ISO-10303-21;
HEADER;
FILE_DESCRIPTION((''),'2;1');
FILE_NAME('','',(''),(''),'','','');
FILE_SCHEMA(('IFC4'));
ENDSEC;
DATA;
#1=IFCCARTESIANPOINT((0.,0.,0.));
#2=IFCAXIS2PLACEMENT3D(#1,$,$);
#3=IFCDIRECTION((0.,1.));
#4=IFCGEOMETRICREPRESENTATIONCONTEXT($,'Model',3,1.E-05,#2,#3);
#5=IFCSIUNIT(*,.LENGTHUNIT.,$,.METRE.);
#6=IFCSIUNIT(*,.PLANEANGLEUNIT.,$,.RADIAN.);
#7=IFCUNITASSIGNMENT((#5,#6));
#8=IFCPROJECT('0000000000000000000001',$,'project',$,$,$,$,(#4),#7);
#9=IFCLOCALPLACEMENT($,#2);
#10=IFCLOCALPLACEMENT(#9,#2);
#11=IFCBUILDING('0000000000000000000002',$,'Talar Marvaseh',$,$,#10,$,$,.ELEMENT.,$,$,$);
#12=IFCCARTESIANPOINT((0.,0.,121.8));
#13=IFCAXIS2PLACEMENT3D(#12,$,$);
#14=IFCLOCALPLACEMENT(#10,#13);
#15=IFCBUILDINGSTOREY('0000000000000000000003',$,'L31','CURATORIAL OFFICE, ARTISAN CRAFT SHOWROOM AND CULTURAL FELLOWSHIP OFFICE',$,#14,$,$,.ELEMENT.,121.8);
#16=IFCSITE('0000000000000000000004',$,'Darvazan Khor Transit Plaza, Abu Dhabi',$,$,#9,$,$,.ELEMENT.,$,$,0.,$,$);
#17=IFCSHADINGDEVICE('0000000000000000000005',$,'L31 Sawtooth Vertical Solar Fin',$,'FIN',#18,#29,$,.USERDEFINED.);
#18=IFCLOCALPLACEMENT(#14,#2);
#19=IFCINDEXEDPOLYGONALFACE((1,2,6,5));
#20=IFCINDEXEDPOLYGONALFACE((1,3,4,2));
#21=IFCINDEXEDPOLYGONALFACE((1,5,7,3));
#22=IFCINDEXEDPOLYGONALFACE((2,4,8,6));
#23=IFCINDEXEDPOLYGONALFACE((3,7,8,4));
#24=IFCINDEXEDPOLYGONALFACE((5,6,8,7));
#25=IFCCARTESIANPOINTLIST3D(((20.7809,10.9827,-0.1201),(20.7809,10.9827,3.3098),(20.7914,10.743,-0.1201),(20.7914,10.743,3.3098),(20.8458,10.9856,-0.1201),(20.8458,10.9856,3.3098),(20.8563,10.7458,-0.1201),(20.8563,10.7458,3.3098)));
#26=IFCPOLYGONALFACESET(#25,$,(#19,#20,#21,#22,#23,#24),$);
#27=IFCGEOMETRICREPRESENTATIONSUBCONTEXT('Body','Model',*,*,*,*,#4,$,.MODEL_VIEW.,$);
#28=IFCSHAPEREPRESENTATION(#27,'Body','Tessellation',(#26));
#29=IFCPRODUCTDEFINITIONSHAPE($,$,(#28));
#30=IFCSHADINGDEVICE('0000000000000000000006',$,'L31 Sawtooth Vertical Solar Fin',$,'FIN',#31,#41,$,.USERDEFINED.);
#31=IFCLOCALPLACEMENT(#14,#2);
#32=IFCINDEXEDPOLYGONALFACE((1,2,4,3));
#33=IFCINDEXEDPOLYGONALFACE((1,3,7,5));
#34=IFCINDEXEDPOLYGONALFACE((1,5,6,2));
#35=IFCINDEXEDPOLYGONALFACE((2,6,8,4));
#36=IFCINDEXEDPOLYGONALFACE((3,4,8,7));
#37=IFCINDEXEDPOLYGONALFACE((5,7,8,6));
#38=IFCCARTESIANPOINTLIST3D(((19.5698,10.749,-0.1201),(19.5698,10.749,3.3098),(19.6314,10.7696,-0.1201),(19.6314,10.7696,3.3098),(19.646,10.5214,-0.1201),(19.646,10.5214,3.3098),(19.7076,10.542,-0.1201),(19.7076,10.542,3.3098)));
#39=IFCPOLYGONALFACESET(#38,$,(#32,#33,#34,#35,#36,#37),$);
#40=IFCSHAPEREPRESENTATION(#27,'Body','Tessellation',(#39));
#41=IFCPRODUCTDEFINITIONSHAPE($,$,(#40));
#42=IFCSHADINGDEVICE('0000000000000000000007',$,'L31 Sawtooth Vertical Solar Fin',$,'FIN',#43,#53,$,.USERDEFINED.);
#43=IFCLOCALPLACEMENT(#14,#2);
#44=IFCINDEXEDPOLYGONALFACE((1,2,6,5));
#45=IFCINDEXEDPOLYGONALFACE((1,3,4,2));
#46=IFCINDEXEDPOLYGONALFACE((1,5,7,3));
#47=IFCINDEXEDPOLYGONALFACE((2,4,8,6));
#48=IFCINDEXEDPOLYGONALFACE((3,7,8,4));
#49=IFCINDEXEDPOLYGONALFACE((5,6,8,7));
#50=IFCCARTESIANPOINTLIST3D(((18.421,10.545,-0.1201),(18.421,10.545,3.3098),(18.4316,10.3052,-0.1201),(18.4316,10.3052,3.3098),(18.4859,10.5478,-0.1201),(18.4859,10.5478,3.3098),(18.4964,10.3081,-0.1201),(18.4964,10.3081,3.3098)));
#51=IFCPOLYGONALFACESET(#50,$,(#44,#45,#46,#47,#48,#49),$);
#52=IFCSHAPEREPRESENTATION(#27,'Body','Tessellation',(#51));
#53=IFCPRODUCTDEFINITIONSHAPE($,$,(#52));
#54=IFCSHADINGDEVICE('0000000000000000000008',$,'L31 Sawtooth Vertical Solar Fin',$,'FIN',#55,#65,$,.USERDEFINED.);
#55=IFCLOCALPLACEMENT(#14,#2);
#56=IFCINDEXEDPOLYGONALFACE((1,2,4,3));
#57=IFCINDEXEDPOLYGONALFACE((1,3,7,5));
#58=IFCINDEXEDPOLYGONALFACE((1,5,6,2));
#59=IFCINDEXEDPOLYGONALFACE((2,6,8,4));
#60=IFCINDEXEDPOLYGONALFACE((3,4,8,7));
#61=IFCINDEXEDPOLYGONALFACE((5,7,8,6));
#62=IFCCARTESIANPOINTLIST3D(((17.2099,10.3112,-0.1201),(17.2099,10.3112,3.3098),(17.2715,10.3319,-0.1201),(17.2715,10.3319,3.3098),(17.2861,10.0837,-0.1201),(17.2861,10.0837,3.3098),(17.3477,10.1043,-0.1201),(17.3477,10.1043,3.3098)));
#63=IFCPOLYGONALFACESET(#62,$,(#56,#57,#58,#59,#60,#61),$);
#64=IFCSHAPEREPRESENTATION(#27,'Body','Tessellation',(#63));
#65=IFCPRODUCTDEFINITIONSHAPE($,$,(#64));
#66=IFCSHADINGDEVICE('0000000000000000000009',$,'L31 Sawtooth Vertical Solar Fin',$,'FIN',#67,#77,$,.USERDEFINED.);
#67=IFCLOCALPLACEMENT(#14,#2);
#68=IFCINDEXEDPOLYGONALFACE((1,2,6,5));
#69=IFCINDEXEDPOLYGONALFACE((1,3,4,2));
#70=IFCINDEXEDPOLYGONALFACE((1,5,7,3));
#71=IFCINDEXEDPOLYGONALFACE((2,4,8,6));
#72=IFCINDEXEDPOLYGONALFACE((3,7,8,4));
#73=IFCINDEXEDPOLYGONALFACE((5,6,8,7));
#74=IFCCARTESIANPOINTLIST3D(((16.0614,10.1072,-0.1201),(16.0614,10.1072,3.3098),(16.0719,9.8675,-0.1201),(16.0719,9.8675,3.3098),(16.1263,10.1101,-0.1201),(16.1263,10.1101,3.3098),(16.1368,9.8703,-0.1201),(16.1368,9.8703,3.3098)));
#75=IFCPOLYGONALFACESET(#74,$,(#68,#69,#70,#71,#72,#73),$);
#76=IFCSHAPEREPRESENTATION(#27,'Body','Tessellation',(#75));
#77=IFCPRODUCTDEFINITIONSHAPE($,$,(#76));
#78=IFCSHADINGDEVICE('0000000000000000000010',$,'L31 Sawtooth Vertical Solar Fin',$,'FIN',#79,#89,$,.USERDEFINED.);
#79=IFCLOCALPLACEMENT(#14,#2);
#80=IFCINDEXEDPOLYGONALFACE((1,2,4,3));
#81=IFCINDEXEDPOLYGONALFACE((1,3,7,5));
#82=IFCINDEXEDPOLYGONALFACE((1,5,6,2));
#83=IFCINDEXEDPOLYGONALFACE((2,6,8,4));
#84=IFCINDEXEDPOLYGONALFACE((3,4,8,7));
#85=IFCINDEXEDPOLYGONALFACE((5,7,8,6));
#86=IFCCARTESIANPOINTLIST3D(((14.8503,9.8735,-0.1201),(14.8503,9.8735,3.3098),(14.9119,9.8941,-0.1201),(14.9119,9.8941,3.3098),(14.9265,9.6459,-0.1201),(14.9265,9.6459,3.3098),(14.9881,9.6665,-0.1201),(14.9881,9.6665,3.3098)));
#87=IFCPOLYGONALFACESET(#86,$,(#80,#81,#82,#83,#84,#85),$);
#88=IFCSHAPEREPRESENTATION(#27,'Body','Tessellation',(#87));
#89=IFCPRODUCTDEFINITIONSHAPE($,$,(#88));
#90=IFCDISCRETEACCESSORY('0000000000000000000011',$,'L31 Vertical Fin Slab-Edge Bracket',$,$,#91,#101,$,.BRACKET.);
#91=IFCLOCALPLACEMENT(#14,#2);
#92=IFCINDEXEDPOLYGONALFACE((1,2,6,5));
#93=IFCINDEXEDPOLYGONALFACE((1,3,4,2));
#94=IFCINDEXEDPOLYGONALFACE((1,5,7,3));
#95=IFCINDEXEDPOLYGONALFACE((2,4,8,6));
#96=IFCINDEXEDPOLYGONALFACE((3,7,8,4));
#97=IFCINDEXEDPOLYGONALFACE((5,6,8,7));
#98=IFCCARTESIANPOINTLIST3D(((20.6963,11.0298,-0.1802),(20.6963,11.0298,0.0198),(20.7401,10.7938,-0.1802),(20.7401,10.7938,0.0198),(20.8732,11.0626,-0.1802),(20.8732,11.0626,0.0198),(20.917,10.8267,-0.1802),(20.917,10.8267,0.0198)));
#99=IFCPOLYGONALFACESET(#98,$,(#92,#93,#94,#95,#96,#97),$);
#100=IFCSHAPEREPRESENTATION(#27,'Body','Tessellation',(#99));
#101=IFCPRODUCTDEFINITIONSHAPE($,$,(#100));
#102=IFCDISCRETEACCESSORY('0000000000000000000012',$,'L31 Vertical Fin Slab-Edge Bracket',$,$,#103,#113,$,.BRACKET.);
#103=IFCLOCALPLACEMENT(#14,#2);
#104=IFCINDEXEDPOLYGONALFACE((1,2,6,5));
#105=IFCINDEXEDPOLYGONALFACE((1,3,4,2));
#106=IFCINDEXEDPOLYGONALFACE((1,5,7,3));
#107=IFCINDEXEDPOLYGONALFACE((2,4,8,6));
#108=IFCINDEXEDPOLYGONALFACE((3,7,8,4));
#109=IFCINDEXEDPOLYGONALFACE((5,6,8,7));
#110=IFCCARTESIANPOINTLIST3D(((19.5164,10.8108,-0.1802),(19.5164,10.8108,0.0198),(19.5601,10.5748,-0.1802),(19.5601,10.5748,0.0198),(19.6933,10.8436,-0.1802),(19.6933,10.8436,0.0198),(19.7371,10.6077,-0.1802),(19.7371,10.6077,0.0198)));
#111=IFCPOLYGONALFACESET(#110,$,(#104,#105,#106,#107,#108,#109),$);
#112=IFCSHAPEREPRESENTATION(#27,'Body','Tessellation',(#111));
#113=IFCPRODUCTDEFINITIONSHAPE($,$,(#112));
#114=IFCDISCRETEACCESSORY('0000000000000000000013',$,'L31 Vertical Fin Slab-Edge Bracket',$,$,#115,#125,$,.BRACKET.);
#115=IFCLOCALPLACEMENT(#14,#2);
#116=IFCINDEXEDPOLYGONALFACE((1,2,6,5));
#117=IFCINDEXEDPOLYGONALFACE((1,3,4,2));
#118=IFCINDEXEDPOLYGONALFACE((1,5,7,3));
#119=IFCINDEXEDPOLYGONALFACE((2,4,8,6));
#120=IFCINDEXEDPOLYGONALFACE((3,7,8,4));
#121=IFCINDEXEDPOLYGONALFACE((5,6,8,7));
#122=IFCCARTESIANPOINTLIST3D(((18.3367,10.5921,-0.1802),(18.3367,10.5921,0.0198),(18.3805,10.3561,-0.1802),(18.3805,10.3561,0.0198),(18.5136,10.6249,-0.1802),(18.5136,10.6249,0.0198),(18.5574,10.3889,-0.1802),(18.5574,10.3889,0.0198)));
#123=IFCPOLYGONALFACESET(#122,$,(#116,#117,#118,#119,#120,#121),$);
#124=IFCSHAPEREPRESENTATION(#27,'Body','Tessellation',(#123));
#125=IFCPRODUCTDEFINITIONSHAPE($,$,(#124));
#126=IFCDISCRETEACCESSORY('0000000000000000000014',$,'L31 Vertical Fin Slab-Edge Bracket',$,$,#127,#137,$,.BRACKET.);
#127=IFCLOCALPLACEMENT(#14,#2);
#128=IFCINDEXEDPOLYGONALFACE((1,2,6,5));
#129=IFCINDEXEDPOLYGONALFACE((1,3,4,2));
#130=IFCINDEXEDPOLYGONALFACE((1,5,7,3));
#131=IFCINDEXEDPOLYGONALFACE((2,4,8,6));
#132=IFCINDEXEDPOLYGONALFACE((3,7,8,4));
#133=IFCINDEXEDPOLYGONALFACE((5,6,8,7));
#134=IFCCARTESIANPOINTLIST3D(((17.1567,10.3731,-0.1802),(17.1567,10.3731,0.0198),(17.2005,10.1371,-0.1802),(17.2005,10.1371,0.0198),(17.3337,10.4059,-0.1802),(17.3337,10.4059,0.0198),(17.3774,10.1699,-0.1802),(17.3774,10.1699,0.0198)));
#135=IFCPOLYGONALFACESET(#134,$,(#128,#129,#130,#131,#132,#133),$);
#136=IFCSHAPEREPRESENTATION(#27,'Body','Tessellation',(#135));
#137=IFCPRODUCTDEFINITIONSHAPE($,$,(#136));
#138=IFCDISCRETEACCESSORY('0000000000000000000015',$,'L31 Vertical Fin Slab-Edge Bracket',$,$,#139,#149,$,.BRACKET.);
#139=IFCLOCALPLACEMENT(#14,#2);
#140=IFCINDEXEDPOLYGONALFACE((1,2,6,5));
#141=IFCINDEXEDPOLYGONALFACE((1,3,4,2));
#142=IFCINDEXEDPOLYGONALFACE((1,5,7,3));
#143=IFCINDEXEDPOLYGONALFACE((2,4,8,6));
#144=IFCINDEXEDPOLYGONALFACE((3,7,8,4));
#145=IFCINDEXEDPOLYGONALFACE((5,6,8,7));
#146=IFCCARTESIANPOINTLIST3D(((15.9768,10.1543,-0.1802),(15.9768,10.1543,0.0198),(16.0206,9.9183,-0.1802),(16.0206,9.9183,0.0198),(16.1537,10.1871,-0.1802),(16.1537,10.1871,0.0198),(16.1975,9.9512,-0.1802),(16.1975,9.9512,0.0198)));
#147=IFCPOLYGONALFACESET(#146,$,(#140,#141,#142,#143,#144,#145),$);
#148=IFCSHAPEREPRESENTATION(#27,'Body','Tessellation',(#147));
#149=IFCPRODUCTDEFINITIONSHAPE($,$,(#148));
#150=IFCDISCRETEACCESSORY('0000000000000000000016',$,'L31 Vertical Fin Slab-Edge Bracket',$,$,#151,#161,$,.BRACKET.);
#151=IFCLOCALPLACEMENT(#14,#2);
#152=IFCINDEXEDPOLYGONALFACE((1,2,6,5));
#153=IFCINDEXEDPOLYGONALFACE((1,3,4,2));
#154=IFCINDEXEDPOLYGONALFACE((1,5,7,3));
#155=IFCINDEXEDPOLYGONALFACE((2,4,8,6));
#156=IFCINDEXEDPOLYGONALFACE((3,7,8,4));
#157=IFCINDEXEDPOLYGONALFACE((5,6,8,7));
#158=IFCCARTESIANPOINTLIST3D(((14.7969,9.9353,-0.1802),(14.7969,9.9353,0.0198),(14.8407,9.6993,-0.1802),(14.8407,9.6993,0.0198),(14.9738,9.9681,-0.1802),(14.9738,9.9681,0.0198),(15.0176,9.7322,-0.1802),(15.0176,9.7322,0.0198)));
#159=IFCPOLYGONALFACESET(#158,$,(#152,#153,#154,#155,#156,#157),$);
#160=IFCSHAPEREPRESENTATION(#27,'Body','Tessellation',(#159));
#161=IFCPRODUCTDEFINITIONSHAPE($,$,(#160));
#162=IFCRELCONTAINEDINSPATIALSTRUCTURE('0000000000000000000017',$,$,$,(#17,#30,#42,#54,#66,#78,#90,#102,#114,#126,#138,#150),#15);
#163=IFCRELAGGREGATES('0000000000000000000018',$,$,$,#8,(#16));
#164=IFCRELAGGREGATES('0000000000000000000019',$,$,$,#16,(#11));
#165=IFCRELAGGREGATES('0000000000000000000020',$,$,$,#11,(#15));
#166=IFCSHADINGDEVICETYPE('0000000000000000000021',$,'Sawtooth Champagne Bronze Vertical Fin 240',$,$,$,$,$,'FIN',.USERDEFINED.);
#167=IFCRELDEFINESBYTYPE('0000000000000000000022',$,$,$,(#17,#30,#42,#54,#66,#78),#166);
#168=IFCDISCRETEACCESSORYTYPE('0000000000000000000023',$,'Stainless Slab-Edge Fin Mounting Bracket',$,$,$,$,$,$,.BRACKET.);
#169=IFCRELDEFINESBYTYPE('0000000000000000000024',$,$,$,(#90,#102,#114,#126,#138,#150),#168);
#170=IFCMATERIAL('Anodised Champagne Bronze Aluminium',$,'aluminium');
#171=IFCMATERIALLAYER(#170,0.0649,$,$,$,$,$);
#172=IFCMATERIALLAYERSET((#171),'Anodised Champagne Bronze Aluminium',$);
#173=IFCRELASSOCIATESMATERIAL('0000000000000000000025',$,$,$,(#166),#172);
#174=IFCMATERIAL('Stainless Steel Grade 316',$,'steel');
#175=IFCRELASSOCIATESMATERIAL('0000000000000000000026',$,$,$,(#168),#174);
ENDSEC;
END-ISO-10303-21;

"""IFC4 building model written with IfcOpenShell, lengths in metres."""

from ifc_helpers import new_model, si_unit, direction, frame, origin, origin_2d, place, context, subcontext, project, spatial, rectangle, extrude, source, transform, mapped, material, layer, layer_set, type_object, type_shapes, element, save


model = new_model("IFC4")

# Units and contexts
model_context = context("Model", 3, precision=1e-05, world=origin(), true_north=direction((0.0, 1.0)))
body_context = subcontext(model_context, "Body", "Model", "MODEL_VIEW")
ifc_project = project(units=[si_unit("LENGTHUNIT", "METRE"), si_unit("PLANEANGLEUNIT", "RADIAN")], contexts=[model_context])

# Site, building, storey
site_placement = place(None, origin())
site = spatial("IfcSite", under=ifc_project, at=site_placement, Name="Darvazan Khor Transit Plaza, Abu Dhabi", CompositionType="ELEMENT", RefElevation=0.0)
building_placement = place(site_placement, origin())
building = spatial("IfcBuilding", under=site, at=building_placement, Name="Talar Marvaseh", CompositionType="ELEMENT")
storey_placement = place(building_placement, frame((0.0, 0.0, 121.8)))
storey = spatial("IfcBuildingStorey", under=building, at=storey_placement, Name="L31", Description="CURATORIAL OFFICE, ARTISAN CRAFT SHOWROOM AND CULTURAL FELLOWSHIP OFFICE", CompositionType="ELEMENT", Elevation=121.8)

# Shading devices
ifc_material_1 = material(Name="Anodised Champagne Bronze Aluminium", Category="aluminium")
ifc_layer_1 = layer(ifc_material_1, 0.0649)
ifc_layer_set_1 = layer_set([ifc_layer_1], Name="Anodised Champagne Bronze Aluminium")
shading_device_type = type_object("IfcShadingDeviceType", Name="Sawtooth Champagne Bronze Vertical Fin 240", ElementType="FIN", PredefinedType="USERDEFINED", material=ifc_layer_set_1)
shared_shape_1 = source(origin(), body_context, "Body", "SweptSolid", [
    extrude(rectangle(XDim=0.24, YDim=0.0649, at=origin_2d()), origin(), (0.0, 0.0, 1.0), 3.4299),
])
type_shapes(shading_device_type, [shared_shape_1])
for number, where, z_axis, x_axis, name in (
    (1, (20.8186, 10.8643, -0.1201), (0.0, 0.0, 1.0), (0.043794, -0.999041, 0.0), "L31 Sawtooth Vertical Solar Fin"),
    (2, (19.6387, 10.6455, -0.1201), (0.0, 0.0, 1.0), (0.31747, -0.948268, 0.0), "L31 Sawtooth Vertical Solar Fin"),
    (3, (18.4587, 10.4265, -0.1201), (0.0, 0.0, 1.0), (0.043794, -0.999041, 0.0), "L31 Sawtooth Vertical Solar Fin"),
    (4, (17.2788, 10.2078, -0.1201), (0.0, 0.0, 1.0), (0.31747, -0.948268, 0.0), "L31 Sawtooth Vertical Solar Fin"),
    (5, (16.0991, 9.9888, -0.1201), (0.0, 0.0, 1.0), (0.043794, -0.999041, 0.0), "L31 Sawtooth Vertical Solar Fin"),
    (6, (14.9192, 9.77, -0.1201), (0.0, 0.0, 1.0), (0.31747, -0.948268, 0.0), "L31 Sawtooth Vertical Solar Fin"),
):
    element("IfcShadingDevice", number, at=place(storey_placement, frame(where, z_axis=z_axis, x_axis=x_axis)), inside=storey, type_object=shading_device_type, Name=name, ObjectType="FIN", PredefinedType="USERDEFINED", context=body_context, shape_type="MappedRepresentation", body=[
        mapped(shared_shape_1, transform((0.0, 0.0, 0.0), x_axis=(1.0, 0.0, 0.0), y_axis=(0.0, 1.0, 0.0), z_axis=(0.0, 0.0, 1.0), scale=1.0)),
    ])

# Discrete accessories
ifc_material_2 = material(Name="Stainless Steel Grade 316", Category="steel")
discrete_accessory_type = type_object("IfcDiscreteAccessoryType", Name="Stainless Slab-Edge Fin Mounting Bracket", PredefinedType="BRACKET", material=ifc_material_2)
shared_shape_2 = source(origin(), body_context, "Body", "SweptSolid", [
    extrude(rectangle(XDim=0.24, YDim=0.1799, at=origin_2d()), origin(), (0.0, 0.0, 1.0), 0.2),
])
type_shapes(discrete_accessory_type, [shared_shape_2])
for number, where, z_axis, x_axis, name in (
    (7, (20.8066, 10.9282, -0.1802), (0.0, 0.0, 1.0), (0.182407, -0.983223, 0.0), "L31 Vertical Fin Slab-Edge Bracket"),
    (8, (19.6267, 10.7092, -0.1802), (0.0, 0.0, 1.0), (0.182407, -0.983223, 0.0), "L31 Vertical Fin Slab-Edge Bracket"),
    (9, (18.447, 10.4905, -0.1802), (0.0, 0.0, 1.0), (0.182407, -0.983223, 0.0), "L31 Vertical Fin Slab-Edge Bracket"),
    (10, (17.2671, 10.2715, -0.1802), (0.0, 0.0, 1.0), (0.182407, -0.983223, 0.0), "L31 Vertical Fin Slab-Edge Bracket"),
    (11, (16.0872, 10.0527, -0.1802), (0.0, 0.0, 1.0), (0.182407, -0.983223, 0.0), "L31 Vertical Fin Slab-Edge Bracket"),
    (12, (14.9072, 9.8337, -0.1802), (0.0, 0.0, 1.0), (0.182407, -0.983223, 0.0), "L31 Vertical Fin Slab-Edge Bracket"),
):
    element("IfcDiscreteAccessory", number, at=place(storey_placement, frame(where, z_axis=z_axis, x_axis=x_axis)), inside=storey, type_object=discrete_accessory_type, Name=name, PredefinedType="BRACKET", context=body_context, shape_type="MappedRepresentation", body=[
        mapped(shared_shape_2, transform((0.0, 0.0, 0.0), x_axis=(1.0, 0.0, 0.0), y_axis=(0.0, 1.0, 0.0), z_axis=(0.0, 0.0, 1.0), scale=1.0)),
    ])

save(model, "model.ifc")
